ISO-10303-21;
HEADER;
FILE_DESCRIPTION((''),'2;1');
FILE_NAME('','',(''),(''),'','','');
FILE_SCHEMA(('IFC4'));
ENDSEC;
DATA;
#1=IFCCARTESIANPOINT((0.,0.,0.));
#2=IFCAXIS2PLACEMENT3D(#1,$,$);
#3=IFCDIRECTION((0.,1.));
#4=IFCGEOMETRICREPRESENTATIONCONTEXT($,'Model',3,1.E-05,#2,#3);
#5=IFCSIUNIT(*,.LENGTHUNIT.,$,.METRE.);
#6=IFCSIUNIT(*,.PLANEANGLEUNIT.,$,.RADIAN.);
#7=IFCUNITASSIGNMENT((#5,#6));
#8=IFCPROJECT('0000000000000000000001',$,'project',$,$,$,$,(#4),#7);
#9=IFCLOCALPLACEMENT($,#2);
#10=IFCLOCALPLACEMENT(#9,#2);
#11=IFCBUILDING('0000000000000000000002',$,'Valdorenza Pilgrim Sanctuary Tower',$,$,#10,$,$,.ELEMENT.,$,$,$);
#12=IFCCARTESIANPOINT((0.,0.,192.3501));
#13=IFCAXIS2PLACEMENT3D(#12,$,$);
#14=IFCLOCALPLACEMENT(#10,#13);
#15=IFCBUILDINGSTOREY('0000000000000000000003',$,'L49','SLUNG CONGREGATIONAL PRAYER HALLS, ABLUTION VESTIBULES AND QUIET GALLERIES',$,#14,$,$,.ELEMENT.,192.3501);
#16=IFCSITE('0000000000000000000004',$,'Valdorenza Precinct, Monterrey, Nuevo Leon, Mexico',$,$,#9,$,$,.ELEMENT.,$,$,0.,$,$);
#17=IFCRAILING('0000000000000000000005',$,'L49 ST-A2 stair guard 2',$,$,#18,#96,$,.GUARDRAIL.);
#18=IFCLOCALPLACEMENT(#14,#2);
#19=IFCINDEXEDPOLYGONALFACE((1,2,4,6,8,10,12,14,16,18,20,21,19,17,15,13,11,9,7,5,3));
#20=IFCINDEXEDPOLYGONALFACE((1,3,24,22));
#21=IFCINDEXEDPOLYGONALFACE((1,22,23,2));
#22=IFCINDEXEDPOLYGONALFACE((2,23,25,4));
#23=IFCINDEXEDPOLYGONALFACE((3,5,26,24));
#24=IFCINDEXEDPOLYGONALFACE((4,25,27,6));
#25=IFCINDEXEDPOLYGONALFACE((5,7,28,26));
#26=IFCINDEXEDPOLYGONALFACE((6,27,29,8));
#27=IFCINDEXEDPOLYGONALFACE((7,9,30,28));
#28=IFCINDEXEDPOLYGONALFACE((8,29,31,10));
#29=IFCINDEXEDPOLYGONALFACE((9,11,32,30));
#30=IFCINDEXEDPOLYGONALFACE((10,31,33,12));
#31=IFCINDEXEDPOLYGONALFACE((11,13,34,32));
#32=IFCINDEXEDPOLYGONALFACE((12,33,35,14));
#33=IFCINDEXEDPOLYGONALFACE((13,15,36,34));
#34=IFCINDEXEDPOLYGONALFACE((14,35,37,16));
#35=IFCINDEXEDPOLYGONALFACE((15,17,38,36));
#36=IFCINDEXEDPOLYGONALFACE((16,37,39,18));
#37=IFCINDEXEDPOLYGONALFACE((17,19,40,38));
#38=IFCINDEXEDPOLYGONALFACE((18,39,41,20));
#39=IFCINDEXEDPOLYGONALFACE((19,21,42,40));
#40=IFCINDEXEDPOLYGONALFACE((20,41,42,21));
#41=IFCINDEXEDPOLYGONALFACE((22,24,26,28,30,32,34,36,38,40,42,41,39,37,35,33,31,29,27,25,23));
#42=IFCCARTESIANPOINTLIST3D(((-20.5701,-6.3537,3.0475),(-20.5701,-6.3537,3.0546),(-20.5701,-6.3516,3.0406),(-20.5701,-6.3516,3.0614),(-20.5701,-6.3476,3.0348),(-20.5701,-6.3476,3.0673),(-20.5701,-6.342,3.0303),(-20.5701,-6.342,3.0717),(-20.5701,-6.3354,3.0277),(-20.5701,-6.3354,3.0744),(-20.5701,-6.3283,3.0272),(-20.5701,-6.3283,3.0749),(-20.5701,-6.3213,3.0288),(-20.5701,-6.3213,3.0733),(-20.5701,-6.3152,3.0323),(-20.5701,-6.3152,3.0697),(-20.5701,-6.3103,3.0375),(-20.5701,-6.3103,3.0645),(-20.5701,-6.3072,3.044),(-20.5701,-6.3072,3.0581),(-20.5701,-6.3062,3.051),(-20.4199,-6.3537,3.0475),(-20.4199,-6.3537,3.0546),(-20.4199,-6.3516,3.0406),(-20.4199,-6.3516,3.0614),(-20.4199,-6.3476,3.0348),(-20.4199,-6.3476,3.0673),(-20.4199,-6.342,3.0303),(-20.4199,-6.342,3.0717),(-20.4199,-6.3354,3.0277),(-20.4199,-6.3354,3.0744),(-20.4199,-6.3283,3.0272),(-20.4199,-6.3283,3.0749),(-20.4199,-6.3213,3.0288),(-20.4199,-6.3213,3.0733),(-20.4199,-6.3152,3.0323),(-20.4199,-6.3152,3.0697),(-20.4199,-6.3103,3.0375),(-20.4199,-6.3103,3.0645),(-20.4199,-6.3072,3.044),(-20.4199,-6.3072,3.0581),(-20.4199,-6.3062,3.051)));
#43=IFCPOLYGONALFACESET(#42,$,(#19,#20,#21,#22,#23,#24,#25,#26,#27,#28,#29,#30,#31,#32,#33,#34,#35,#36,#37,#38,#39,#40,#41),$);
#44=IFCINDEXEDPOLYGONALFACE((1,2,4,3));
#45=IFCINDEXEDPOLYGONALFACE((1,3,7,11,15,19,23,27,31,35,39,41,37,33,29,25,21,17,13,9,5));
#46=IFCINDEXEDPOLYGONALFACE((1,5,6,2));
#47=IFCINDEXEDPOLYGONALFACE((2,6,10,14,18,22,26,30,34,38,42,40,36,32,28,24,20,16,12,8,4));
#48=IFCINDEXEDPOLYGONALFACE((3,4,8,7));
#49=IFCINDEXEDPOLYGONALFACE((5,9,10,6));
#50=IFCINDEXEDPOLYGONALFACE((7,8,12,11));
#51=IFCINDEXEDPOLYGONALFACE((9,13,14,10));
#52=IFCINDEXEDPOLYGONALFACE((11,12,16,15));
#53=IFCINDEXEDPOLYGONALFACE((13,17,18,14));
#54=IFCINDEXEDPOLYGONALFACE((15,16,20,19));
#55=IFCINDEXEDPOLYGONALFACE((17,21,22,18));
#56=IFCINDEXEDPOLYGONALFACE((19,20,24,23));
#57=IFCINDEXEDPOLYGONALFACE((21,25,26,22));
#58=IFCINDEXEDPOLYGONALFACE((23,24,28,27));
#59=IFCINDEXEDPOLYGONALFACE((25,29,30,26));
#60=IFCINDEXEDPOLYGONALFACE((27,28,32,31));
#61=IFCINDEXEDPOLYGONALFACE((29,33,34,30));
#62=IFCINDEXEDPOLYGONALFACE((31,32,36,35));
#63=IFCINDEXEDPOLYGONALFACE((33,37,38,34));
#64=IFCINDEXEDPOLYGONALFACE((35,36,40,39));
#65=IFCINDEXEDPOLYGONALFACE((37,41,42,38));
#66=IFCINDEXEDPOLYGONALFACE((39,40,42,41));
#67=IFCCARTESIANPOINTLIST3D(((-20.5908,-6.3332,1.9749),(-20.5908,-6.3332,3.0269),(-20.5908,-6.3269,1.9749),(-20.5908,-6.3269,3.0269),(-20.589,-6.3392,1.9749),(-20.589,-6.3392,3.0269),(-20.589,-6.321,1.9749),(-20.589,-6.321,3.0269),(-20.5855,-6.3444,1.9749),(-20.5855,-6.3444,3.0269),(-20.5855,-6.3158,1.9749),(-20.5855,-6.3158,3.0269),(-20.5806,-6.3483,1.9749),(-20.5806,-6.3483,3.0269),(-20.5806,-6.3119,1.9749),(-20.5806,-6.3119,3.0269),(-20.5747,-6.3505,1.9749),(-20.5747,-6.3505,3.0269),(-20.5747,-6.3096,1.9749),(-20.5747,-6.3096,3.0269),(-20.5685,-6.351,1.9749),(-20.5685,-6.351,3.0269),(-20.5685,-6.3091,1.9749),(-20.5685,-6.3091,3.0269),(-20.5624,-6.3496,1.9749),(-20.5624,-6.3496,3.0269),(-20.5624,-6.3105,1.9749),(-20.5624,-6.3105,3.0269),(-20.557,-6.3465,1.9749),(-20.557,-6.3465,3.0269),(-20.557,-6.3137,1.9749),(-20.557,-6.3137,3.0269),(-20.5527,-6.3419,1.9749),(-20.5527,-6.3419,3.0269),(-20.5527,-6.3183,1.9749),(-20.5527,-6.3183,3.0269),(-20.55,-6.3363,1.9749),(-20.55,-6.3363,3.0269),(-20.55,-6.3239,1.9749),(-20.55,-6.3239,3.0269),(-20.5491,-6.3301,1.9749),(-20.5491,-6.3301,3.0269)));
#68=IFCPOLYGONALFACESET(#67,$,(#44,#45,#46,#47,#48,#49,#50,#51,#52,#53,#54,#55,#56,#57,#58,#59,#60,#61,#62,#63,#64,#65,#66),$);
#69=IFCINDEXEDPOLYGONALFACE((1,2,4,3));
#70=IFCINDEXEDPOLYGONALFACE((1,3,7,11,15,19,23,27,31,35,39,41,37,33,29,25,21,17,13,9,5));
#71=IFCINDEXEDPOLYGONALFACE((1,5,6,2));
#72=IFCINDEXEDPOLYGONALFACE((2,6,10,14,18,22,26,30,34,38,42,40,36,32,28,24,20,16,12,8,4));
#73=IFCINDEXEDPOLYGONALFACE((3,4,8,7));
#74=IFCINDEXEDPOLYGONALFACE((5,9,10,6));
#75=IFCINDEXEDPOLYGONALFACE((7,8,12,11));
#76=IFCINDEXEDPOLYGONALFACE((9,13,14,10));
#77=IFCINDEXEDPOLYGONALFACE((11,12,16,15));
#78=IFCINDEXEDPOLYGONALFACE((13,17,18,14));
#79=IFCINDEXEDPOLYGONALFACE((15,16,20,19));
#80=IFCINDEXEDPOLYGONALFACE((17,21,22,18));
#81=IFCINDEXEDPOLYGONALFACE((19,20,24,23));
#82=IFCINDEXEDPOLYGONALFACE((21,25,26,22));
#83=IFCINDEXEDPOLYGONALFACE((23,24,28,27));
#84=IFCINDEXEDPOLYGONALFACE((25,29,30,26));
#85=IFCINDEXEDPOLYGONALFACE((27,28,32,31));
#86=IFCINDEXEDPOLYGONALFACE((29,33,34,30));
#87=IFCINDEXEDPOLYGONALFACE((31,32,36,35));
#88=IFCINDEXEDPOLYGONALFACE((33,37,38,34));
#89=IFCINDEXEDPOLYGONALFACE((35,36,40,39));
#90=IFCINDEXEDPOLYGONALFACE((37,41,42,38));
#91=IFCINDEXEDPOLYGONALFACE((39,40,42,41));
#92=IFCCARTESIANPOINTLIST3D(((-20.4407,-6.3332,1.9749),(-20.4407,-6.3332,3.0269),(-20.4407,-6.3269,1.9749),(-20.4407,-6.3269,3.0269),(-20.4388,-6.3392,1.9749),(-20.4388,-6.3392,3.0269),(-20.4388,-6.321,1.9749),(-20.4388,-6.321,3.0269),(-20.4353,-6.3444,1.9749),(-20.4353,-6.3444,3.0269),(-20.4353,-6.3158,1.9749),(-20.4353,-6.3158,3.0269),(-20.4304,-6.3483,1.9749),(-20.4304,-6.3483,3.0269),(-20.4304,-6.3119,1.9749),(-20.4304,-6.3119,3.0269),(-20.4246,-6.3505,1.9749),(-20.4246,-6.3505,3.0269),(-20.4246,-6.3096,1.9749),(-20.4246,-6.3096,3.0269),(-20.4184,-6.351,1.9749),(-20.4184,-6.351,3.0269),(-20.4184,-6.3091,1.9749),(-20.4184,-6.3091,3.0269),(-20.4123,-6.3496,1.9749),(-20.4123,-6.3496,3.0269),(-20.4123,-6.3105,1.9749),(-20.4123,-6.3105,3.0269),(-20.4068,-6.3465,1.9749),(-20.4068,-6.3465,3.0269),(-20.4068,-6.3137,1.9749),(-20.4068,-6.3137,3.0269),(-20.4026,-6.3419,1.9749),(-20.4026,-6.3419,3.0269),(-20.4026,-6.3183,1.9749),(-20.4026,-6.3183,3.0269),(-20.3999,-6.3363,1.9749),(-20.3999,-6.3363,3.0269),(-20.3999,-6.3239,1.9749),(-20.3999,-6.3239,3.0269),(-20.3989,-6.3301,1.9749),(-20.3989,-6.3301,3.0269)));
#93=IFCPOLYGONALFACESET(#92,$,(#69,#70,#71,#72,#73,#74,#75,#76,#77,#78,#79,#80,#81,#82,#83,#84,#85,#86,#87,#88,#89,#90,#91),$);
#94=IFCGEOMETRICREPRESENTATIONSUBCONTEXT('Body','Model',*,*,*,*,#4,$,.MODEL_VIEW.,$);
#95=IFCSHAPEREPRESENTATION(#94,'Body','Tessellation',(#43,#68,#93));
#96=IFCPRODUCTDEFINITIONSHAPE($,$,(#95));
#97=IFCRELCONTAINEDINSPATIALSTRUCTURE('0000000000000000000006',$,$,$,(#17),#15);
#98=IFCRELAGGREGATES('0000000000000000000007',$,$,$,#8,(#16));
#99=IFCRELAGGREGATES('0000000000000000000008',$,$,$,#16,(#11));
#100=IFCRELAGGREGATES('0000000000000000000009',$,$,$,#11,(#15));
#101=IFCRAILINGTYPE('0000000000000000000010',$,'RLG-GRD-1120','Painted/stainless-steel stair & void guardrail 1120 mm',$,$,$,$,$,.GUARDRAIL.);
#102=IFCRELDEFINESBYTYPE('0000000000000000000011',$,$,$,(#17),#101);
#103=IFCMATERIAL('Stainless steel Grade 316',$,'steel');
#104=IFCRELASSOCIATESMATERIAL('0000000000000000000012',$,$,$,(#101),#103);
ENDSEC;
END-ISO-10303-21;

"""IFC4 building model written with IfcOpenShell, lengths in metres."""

from ifc_helpers import new_model, si_unit, direction, frame, origin, origin_2d, place, context, subcontext, project, spatial, circle, extrude, material, type_object, element, save


model = new_model("IFC4")

# Units and contexts
model_context = context("Model", 3, precision=1e-05, world=origin(), true_north=direction((0.0, 1.0)))
body_context = subcontext(model_context, "Body", "Model", "MODEL_VIEW")
ifc_project = project(units=[si_unit("LENGTHUNIT", "METRE"), si_unit("PLANEANGLEUNIT", "RADIAN")], contexts=[model_context])

# Site, building, storey
site_placement = place(None, origin())
site = spatial("IfcSite", under=ifc_project, at=site_placement, Name="Valdorenza Precinct, Monterrey, Nuevo Leon, Mexico", CompositionType="ELEMENT", RefElevation=0.0)
building_placement = place(site_placement, origin())
building = spatial("IfcBuilding", under=site, at=building_placement, Name="Valdorenza Pilgrim Sanctuary Tower", CompositionType="ELEMENT")
storey_placement = place(building_placement, frame((0.0, 0.0, 192.3501)))
storey = spatial("IfcBuildingStorey", under=building, at=storey_placement, Name="L49", Description="SLUNG CONGREGATIONAL PRAYER HALLS, ABLUTION VESTIBULES AND QUIET GALLERIES", CompositionType="ELEMENT", Elevation=192.3501)

# Railing
ifc_material_1 = material(Name="Stainless steel Grade 316", Category="steel")
railing_type_1 = type_object("IfcRailingType", Name="RLG-GRD-1120", Description="Painted/stainless-steel stair & void guardrail 1120 mm", PredefinedType="GUARDRAIL", material=ifc_material_1)
railing_1_placement = place(storey_placement, frame((-20.5701, -6.3301, 1.9749)))
element("IfcRailing", 1, at=railing_1_placement, inside=storey, type_object=railing_type_1, Name="L49 ST-A2 stair guard 2", PredefinedType="GUARDRAIL", context=body_context, shape_type="SweptSolid", body=[
    extrude(circle(Radius=0.0239, at=origin_2d()), frame((0.0, 0.0, 1.0762), z_axis=(1.0, 0.0, 0.0), x_axis=(0.0, 1.0, 0.0)), (0.0, 0.0, 1.0), 0.1501),
    extrude(circle(Radius=0.021, at=origin_2d()), origin(), (0.0, 0.0, 1.0), 1.052),
    extrude(circle(Radius=0.021, at=origin_2d()), frame((0.1501, 0.0, 0.0)), (0.0, 0.0, 1.0), 1.052),
])

save(model, "model.ifc")
